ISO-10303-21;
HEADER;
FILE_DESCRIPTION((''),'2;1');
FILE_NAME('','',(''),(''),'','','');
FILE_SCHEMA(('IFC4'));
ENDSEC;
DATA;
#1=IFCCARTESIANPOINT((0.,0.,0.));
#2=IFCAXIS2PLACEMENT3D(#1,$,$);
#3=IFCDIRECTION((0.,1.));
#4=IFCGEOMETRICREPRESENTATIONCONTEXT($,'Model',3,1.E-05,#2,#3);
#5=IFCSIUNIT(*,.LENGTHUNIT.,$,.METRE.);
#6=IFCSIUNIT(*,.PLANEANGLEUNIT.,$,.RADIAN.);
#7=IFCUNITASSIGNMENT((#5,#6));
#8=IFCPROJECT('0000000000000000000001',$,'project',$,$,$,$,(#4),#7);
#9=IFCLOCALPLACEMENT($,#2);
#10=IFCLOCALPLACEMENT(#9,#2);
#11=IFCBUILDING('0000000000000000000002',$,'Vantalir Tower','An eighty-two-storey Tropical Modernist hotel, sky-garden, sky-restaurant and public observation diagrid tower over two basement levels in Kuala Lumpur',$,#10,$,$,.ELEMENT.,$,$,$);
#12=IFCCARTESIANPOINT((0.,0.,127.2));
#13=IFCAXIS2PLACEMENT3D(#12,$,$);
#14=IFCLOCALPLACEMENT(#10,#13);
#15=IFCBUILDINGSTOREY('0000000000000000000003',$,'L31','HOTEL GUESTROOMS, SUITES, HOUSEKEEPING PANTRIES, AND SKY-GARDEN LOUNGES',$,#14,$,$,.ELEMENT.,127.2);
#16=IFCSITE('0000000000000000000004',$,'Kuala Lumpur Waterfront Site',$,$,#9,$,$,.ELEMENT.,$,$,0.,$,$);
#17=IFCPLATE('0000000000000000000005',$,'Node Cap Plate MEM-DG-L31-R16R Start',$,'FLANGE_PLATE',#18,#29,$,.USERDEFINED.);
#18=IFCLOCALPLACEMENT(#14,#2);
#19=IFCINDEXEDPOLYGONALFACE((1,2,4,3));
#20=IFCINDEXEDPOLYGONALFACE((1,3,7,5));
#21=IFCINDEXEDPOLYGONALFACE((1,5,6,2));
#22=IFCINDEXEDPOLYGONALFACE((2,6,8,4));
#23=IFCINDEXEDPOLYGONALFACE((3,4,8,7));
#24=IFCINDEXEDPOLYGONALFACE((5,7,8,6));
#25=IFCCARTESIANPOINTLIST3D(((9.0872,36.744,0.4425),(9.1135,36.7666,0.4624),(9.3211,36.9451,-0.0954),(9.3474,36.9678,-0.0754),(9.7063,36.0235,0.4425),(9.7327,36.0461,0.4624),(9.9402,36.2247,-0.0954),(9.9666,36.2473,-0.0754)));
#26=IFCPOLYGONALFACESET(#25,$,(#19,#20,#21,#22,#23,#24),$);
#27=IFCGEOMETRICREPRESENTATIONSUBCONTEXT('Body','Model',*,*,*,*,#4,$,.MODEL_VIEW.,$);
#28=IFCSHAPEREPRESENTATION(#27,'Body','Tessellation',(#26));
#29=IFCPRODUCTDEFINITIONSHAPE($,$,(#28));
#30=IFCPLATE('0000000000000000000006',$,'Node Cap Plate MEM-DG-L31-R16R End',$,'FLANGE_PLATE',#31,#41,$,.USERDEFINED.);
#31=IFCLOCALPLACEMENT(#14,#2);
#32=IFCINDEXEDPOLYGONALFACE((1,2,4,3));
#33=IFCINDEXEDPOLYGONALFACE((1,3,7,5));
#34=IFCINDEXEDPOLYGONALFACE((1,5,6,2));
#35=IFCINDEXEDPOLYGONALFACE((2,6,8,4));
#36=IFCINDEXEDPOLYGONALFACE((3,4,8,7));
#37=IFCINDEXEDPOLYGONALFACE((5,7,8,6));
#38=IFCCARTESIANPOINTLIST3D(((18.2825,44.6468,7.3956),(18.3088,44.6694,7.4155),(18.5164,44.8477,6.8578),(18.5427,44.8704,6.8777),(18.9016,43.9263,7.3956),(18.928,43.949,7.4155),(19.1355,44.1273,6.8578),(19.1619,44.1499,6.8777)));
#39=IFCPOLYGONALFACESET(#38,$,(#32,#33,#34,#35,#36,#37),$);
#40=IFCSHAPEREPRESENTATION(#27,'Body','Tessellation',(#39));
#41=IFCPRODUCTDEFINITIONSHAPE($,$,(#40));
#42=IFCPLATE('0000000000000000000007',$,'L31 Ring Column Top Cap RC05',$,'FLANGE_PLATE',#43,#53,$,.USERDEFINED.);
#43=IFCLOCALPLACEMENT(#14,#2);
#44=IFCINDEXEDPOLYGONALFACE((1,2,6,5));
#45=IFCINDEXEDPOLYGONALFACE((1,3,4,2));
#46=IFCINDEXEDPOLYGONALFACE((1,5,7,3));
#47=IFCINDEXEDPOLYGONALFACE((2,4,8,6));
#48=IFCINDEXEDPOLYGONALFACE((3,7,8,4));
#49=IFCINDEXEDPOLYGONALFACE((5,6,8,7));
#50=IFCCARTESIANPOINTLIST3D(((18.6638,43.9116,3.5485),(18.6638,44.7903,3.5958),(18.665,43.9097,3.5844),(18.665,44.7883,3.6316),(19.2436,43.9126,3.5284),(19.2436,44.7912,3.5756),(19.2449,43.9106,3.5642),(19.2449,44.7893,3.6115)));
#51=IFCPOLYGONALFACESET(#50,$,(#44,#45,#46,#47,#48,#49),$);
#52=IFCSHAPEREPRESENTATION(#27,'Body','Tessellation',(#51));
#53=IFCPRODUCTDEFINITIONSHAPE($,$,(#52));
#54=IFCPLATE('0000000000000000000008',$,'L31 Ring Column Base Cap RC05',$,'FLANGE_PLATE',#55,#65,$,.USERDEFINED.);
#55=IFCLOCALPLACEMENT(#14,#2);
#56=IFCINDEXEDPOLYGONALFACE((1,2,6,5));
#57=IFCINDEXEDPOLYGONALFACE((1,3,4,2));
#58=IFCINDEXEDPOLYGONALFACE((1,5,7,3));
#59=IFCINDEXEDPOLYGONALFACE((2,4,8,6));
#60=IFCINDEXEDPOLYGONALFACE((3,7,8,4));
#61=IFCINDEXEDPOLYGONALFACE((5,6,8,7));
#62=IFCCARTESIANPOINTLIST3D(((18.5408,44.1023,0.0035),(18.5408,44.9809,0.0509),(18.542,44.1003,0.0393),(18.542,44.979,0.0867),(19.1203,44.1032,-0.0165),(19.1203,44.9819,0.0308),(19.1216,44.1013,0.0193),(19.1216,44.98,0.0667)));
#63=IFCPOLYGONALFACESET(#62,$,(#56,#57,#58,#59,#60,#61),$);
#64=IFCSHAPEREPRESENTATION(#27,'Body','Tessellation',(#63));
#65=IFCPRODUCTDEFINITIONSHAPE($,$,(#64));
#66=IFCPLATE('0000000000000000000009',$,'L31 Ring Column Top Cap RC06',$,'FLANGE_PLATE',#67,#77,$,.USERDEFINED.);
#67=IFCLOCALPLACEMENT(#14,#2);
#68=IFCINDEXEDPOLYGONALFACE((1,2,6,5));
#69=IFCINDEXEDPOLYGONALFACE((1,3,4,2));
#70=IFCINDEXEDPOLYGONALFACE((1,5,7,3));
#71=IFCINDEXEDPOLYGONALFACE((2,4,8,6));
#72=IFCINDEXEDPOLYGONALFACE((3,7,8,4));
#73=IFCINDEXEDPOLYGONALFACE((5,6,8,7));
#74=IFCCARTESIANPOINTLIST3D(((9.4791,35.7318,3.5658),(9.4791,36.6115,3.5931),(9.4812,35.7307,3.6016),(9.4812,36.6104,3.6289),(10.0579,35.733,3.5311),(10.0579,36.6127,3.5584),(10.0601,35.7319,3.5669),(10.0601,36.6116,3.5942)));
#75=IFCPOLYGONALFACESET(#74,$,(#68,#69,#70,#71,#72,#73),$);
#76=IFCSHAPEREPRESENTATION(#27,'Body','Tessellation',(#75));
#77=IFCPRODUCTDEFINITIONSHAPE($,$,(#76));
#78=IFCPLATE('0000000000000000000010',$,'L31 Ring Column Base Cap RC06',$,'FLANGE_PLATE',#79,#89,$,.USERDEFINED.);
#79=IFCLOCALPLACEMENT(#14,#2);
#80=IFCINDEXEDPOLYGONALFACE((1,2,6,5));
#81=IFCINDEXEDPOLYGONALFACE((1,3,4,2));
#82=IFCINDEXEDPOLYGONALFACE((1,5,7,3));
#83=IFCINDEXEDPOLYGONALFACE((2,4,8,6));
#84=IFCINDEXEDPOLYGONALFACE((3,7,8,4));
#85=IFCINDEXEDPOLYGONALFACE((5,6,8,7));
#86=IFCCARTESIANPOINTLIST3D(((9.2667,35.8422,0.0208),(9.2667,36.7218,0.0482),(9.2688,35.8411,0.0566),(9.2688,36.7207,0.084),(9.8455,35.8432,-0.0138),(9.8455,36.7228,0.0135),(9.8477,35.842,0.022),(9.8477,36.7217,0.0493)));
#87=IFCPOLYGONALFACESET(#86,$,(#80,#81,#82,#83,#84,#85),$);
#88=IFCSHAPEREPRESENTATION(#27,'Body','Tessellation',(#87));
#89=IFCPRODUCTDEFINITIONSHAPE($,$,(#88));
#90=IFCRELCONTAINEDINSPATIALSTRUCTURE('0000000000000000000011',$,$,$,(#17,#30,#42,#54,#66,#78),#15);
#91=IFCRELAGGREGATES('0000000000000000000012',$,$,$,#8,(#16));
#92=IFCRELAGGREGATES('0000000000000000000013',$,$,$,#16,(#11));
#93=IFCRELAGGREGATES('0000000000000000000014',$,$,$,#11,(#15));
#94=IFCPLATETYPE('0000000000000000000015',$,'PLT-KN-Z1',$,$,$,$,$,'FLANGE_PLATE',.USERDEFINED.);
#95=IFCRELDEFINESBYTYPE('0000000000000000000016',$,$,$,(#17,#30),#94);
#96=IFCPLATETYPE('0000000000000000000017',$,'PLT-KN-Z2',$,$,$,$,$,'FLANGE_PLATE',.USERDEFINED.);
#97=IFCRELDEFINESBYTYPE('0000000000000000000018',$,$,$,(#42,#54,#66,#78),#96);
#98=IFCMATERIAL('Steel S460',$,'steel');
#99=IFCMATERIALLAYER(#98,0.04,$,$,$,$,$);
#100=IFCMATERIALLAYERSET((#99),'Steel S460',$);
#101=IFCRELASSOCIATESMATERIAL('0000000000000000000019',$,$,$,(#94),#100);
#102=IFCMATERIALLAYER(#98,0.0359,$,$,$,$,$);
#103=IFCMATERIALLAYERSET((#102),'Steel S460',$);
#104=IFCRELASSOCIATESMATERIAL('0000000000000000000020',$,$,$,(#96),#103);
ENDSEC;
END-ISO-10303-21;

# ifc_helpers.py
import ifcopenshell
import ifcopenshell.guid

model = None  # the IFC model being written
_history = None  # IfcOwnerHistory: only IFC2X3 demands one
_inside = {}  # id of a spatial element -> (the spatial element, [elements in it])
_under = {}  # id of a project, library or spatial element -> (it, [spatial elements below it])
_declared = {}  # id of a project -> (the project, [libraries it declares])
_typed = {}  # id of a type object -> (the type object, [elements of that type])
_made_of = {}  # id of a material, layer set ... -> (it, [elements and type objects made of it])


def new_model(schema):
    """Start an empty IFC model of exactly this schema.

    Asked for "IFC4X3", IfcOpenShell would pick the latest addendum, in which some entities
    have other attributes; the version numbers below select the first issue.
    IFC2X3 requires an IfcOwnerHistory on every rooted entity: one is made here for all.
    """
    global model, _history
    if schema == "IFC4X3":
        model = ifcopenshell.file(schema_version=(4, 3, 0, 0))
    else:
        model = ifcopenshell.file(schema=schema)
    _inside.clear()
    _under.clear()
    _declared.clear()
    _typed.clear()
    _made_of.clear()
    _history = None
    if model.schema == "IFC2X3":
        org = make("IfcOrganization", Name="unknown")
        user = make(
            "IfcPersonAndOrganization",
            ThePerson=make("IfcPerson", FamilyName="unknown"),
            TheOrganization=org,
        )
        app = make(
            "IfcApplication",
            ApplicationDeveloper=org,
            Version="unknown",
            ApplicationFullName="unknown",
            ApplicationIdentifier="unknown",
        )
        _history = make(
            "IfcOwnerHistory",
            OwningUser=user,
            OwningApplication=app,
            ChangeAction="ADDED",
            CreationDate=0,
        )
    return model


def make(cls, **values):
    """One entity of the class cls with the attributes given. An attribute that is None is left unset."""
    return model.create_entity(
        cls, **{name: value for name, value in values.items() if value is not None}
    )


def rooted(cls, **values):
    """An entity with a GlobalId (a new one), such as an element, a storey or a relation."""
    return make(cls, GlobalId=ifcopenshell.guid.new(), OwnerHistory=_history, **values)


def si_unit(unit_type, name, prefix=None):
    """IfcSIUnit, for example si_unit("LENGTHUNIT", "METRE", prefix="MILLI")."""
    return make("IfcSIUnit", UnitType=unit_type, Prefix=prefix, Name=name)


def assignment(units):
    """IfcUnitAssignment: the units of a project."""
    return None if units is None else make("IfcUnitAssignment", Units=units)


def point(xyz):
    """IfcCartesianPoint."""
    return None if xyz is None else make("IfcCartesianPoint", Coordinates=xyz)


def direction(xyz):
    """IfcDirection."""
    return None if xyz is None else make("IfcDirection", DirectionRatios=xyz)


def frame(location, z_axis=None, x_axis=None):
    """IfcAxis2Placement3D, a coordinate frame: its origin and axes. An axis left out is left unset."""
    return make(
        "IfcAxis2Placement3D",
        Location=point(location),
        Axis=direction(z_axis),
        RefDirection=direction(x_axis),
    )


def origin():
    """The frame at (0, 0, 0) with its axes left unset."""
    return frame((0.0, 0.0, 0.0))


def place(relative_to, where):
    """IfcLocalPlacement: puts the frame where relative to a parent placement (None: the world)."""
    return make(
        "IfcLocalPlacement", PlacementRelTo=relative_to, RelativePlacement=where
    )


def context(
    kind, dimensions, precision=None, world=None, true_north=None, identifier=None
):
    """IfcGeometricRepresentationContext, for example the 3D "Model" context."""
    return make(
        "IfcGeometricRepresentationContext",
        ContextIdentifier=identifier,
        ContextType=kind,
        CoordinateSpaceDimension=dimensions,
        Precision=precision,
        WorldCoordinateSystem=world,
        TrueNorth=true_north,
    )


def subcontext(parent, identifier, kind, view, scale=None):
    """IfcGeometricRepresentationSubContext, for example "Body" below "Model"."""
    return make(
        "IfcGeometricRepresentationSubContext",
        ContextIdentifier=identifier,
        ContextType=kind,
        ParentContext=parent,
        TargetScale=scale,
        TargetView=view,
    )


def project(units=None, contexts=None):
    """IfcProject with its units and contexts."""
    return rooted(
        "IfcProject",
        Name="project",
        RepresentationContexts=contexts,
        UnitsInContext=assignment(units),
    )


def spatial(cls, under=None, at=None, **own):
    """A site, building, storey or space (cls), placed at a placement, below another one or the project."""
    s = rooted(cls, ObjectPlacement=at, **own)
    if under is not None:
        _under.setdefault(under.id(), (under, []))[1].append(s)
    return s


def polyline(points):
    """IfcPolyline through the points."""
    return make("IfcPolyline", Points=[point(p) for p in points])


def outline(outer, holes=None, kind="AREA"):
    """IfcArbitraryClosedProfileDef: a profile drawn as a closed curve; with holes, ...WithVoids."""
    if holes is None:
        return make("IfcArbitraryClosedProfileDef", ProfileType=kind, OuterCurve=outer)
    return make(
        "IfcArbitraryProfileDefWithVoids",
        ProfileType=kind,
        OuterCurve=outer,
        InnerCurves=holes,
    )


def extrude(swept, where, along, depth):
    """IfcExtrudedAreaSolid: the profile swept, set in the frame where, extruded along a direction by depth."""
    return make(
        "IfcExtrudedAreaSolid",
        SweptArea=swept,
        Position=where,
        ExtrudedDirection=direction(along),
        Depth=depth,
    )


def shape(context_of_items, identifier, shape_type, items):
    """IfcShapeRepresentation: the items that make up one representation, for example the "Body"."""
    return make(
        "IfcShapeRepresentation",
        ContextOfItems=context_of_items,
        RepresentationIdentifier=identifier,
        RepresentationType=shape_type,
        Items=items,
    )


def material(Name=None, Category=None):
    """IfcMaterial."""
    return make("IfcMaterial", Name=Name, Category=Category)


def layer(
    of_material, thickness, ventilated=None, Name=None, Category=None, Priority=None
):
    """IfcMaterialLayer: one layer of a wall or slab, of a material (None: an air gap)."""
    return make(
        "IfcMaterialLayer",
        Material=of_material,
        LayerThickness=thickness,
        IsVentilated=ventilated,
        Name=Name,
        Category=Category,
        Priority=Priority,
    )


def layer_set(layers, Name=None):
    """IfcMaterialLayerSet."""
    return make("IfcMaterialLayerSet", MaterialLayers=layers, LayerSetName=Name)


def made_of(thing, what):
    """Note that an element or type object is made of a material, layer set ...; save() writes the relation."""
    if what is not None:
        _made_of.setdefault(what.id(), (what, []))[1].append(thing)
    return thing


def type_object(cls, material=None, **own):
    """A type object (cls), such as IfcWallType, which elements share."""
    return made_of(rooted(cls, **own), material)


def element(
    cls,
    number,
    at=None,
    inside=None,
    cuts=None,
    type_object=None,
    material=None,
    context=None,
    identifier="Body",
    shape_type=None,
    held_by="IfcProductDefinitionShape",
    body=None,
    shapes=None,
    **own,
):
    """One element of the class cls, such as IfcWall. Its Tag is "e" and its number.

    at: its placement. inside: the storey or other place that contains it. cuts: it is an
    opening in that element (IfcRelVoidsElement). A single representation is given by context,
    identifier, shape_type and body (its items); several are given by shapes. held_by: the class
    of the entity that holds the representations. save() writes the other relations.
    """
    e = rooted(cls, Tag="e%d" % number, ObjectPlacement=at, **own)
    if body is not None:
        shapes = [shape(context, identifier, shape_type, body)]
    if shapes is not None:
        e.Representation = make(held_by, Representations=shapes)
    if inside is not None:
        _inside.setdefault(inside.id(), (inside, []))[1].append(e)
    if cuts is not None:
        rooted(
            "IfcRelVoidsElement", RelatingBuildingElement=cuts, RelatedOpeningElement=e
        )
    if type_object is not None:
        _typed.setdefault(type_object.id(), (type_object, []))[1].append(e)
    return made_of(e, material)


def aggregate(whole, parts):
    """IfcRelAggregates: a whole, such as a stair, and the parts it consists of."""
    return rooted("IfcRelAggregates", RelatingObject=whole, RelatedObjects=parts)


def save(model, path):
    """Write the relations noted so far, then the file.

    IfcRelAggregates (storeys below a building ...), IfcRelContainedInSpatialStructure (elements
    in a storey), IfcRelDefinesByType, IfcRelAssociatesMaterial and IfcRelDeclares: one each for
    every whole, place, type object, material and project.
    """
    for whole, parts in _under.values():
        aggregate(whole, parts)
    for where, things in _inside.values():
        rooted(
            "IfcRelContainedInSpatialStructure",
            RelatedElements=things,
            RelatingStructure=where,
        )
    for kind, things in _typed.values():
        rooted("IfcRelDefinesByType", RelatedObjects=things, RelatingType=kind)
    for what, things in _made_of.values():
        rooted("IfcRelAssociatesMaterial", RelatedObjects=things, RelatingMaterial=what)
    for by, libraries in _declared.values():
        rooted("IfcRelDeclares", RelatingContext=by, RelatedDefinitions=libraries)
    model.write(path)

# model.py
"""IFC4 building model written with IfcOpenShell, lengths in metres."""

from ifc_helpers import new_model, si_unit, direction, frame, origin, place, context, subcontext, project, spatial, polyline, outline, extrude, material, layer, layer_set, type_object, element, save


model = new_model("IFC4")

# Units and contexts
model_context = context("Model", 3, precision=1e-05, world=origin(), true_north=direction((0.0, 1.0)))
body_context = subcontext(model_context, "Body", "Model", "MODEL_VIEW")
ifc_project = project(units=[si_unit("LENGTHUNIT", "METRE"), si_unit("PLANEANGLEUNIT", "RADIAN")], contexts=[model_context])

# Site, building, storey
site_placement = place(None, origin())
site = spatial("IfcSite", under=ifc_project, at=site_placement, Name="Kuala Lumpur Waterfront Site", CompositionType="ELEMENT", RefElevation=0.0)
building_placement = place(site_placement, origin())
building = spatial("IfcBuilding", under=site, at=building_placement, Name="Vantalir Tower", Description="An eighty-two-storey Tropical Modernist hotel, sky-garden, sky-restaurant and public observation diagrid tower over two basement levels in Kuala Lumpur", CompositionType="ELEMENT")
storey_placement = place(building_placement, frame((0.0, 0.0, 127.2)))
storey = spatial("IfcBuildingStorey", under=building, at=storey_placement, Name="L31", Description="HOTEL GUESTROOMS, SUITES, HOUSEKEEPING PANTRIES, AND SKY-GARDEN LOUNGES", CompositionType="ELEMENT", Elevation=127.2)

# Shared definitions
ifc_material_1 = material(Name="Steel S460", Category="steel")

# Plates
ifc_layer_1 = layer(ifc_material_1, 0.04)
ifc_layer_set_1 = layer_set([ifc_layer_1], Name="Steel S460")
plate_type_1 = type_object("IfcPlateType", Name="PLT-KN-Z1", ElementType="FLANGE_PLATE", PredefinedType="USERDEFINED", material=ifc_layer_set_1)
plate_1_placement = place(storey_placement, frame((9.9666, 36.2473, -0.0754), z_axis=(0.65788, 0.565363, 0.497553), x_axis=(-0.651764, 0.758421, 0.0)))
element("IfcPlate", 1, at=plate_1_placement, inside=storey, type_object=plate_type_1, Name="Node Cap Plate MEM-DG-L31-R16R Start", ObjectType="FLANGE_PLATE", PredefinedType="USERDEFINED", context=body_context, shape_type="SweptSolid", body=[
    extrude(outline(polyline([(0.0, 0.0), (0.9499, 0.0), (0.9498, 0.62), (-0.0001, 0.62), (0.0, 0.0)])), origin(), (0.0, 0.0, -1.0), 0.04),
])
plate_2_placement = place(storey_placement, frame((19.1619, 44.1499, 6.8777), z_axis=(0.657964, 0.565435, 0.497359), x_axis=(-0.651764, 0.758421, 0.0)))
element("IfcPlate", 2, at=plate_2_placement, inside=storey, type_object=plate_type_1, Name="Node Cap Plate MEM-DG-L31-R16R End", ObjectType="FLANGE_PLATE", PredefinedType="USERDEFINED", context=body_context, shape_type="SweptSolid", body=[
    extrude(outline(polyline([(0.0, 0.0), (0.9499, 0.0), (0.95, 0.62), (0.0001, 0.62), (0.0, 0.0)])), origin(), (0.0, 0.0, -1.0), 0.04),
])
ifc_layer_2 = layer(ifc_material_1, 0.0359)
ifc_layer_set_2 = layer_set([ifc_layer_2], Name="Steel S460")
plate_type_2 = type_object("IfcPlateType", Name="PLT-KN-Z2", ElementType="FLANGE_PLATE", PredefinedType="USERDEFINED", material=ifc_layer_set_2)
plate_3_placement = place(storey_placement, frame((18.665, 44.7883, 3.6316), z_axis=(0.034756, -0.053655, 0.997954), x_axis=(-0.000005, -0.998558, -0.053687)))
element("IfcPlate", 3, at=plate_3_placement, inside=storey, type_object=plate_type_2, Name="L31 Ring Column Top Cap RC05", ObjectType="FLANGE_PLATE", PredefinedType="USERDEFINED", context=body_context, shape_type="SweptSolid", body=[
    extrude(outline(polyline([(0.0, 0.0), (0.8799, 0.0), (0.88, 0.5802), (0.0001, 0.5802), (0.0, 0.0)])), origin(), (0.0, 0.0, -1.0), 0.0359),
])
plate_4_placement = place(storey_placement, frame((18.542, 44.979, 0.0867), z_axis=(0.034561, -0.053794, 0.997954), x_axis=(0.0, -0.99855, -0.053826)))
element("IfcPlate", 4, at=plate_4_placement, inside=storey, type_object=plate_type_2, Name="L31 Ring Column Base Cap RC05", ObjectType="FLANGE_PLATE", PredefinedType="USERDEFINED", context=body_context, shape_type="SweptSolid", body=[
    extrude(outline(polyline([(0.0, 0.0), (0.8799, 0.0), (0.88, 0.5799), (0.0001, 0.5799), (0.0, 0.0)])), origin(), (0.0, 0.0, -1.0), 0.0359),
])
plate_5_placement = place(storey_placement, frame((9.4812, 36.6104, 3.6289), z_axis=(0.05982, -0.031015, 0.997727), x_axis=(0.0, -0.999517, -0.03107)))
element("IfcPlate", 5, at=plate_5_placement, inside=storey, type_object=plate_type_2, Name="L31 Ring Column Top Cap RC06", ObjectType="FLANGE_PLATE", PredefinedType="USERDEFINED", context=body_context, shape_type="SweptSolid", body=[
    extrude(outline(polyline([(0.0, 0.0), (0.8801, 0.0), (0.8799, 0.5799), (-0.0001, 0.5799), (0.0, 0.0)])), origin(), (0.0, 0.0, -1.0), 0.0359),
])
plate_6_placement = place(storey_placement, frame((9.2688, 36.7207, 0.084), z_axis=(0.059807, -0.031015, 0.997728), x_axis=(0.0, -0.999517, -0.03107)))
element("IfcPlate", 6, at=plate_6_placement, inside=storey, type_object=plate_type_2, Name="L31 Ring Column Base Cap RC06", ObjectType="FLANGE_PLATE", PredefinedType="USERDEFINED", context=body_context, shape_type="SweptSolid", body=[
    extrude(outline(polyline([(0.0, 0.0), (0.8801, 0.0), (0.8802, 0.5799), (0.0001, 0.5799), (0.0, 0.0)])), origin(), (0.0, 0.0, -1.0), 0.0359),
])

save(model, "model.ifc")
